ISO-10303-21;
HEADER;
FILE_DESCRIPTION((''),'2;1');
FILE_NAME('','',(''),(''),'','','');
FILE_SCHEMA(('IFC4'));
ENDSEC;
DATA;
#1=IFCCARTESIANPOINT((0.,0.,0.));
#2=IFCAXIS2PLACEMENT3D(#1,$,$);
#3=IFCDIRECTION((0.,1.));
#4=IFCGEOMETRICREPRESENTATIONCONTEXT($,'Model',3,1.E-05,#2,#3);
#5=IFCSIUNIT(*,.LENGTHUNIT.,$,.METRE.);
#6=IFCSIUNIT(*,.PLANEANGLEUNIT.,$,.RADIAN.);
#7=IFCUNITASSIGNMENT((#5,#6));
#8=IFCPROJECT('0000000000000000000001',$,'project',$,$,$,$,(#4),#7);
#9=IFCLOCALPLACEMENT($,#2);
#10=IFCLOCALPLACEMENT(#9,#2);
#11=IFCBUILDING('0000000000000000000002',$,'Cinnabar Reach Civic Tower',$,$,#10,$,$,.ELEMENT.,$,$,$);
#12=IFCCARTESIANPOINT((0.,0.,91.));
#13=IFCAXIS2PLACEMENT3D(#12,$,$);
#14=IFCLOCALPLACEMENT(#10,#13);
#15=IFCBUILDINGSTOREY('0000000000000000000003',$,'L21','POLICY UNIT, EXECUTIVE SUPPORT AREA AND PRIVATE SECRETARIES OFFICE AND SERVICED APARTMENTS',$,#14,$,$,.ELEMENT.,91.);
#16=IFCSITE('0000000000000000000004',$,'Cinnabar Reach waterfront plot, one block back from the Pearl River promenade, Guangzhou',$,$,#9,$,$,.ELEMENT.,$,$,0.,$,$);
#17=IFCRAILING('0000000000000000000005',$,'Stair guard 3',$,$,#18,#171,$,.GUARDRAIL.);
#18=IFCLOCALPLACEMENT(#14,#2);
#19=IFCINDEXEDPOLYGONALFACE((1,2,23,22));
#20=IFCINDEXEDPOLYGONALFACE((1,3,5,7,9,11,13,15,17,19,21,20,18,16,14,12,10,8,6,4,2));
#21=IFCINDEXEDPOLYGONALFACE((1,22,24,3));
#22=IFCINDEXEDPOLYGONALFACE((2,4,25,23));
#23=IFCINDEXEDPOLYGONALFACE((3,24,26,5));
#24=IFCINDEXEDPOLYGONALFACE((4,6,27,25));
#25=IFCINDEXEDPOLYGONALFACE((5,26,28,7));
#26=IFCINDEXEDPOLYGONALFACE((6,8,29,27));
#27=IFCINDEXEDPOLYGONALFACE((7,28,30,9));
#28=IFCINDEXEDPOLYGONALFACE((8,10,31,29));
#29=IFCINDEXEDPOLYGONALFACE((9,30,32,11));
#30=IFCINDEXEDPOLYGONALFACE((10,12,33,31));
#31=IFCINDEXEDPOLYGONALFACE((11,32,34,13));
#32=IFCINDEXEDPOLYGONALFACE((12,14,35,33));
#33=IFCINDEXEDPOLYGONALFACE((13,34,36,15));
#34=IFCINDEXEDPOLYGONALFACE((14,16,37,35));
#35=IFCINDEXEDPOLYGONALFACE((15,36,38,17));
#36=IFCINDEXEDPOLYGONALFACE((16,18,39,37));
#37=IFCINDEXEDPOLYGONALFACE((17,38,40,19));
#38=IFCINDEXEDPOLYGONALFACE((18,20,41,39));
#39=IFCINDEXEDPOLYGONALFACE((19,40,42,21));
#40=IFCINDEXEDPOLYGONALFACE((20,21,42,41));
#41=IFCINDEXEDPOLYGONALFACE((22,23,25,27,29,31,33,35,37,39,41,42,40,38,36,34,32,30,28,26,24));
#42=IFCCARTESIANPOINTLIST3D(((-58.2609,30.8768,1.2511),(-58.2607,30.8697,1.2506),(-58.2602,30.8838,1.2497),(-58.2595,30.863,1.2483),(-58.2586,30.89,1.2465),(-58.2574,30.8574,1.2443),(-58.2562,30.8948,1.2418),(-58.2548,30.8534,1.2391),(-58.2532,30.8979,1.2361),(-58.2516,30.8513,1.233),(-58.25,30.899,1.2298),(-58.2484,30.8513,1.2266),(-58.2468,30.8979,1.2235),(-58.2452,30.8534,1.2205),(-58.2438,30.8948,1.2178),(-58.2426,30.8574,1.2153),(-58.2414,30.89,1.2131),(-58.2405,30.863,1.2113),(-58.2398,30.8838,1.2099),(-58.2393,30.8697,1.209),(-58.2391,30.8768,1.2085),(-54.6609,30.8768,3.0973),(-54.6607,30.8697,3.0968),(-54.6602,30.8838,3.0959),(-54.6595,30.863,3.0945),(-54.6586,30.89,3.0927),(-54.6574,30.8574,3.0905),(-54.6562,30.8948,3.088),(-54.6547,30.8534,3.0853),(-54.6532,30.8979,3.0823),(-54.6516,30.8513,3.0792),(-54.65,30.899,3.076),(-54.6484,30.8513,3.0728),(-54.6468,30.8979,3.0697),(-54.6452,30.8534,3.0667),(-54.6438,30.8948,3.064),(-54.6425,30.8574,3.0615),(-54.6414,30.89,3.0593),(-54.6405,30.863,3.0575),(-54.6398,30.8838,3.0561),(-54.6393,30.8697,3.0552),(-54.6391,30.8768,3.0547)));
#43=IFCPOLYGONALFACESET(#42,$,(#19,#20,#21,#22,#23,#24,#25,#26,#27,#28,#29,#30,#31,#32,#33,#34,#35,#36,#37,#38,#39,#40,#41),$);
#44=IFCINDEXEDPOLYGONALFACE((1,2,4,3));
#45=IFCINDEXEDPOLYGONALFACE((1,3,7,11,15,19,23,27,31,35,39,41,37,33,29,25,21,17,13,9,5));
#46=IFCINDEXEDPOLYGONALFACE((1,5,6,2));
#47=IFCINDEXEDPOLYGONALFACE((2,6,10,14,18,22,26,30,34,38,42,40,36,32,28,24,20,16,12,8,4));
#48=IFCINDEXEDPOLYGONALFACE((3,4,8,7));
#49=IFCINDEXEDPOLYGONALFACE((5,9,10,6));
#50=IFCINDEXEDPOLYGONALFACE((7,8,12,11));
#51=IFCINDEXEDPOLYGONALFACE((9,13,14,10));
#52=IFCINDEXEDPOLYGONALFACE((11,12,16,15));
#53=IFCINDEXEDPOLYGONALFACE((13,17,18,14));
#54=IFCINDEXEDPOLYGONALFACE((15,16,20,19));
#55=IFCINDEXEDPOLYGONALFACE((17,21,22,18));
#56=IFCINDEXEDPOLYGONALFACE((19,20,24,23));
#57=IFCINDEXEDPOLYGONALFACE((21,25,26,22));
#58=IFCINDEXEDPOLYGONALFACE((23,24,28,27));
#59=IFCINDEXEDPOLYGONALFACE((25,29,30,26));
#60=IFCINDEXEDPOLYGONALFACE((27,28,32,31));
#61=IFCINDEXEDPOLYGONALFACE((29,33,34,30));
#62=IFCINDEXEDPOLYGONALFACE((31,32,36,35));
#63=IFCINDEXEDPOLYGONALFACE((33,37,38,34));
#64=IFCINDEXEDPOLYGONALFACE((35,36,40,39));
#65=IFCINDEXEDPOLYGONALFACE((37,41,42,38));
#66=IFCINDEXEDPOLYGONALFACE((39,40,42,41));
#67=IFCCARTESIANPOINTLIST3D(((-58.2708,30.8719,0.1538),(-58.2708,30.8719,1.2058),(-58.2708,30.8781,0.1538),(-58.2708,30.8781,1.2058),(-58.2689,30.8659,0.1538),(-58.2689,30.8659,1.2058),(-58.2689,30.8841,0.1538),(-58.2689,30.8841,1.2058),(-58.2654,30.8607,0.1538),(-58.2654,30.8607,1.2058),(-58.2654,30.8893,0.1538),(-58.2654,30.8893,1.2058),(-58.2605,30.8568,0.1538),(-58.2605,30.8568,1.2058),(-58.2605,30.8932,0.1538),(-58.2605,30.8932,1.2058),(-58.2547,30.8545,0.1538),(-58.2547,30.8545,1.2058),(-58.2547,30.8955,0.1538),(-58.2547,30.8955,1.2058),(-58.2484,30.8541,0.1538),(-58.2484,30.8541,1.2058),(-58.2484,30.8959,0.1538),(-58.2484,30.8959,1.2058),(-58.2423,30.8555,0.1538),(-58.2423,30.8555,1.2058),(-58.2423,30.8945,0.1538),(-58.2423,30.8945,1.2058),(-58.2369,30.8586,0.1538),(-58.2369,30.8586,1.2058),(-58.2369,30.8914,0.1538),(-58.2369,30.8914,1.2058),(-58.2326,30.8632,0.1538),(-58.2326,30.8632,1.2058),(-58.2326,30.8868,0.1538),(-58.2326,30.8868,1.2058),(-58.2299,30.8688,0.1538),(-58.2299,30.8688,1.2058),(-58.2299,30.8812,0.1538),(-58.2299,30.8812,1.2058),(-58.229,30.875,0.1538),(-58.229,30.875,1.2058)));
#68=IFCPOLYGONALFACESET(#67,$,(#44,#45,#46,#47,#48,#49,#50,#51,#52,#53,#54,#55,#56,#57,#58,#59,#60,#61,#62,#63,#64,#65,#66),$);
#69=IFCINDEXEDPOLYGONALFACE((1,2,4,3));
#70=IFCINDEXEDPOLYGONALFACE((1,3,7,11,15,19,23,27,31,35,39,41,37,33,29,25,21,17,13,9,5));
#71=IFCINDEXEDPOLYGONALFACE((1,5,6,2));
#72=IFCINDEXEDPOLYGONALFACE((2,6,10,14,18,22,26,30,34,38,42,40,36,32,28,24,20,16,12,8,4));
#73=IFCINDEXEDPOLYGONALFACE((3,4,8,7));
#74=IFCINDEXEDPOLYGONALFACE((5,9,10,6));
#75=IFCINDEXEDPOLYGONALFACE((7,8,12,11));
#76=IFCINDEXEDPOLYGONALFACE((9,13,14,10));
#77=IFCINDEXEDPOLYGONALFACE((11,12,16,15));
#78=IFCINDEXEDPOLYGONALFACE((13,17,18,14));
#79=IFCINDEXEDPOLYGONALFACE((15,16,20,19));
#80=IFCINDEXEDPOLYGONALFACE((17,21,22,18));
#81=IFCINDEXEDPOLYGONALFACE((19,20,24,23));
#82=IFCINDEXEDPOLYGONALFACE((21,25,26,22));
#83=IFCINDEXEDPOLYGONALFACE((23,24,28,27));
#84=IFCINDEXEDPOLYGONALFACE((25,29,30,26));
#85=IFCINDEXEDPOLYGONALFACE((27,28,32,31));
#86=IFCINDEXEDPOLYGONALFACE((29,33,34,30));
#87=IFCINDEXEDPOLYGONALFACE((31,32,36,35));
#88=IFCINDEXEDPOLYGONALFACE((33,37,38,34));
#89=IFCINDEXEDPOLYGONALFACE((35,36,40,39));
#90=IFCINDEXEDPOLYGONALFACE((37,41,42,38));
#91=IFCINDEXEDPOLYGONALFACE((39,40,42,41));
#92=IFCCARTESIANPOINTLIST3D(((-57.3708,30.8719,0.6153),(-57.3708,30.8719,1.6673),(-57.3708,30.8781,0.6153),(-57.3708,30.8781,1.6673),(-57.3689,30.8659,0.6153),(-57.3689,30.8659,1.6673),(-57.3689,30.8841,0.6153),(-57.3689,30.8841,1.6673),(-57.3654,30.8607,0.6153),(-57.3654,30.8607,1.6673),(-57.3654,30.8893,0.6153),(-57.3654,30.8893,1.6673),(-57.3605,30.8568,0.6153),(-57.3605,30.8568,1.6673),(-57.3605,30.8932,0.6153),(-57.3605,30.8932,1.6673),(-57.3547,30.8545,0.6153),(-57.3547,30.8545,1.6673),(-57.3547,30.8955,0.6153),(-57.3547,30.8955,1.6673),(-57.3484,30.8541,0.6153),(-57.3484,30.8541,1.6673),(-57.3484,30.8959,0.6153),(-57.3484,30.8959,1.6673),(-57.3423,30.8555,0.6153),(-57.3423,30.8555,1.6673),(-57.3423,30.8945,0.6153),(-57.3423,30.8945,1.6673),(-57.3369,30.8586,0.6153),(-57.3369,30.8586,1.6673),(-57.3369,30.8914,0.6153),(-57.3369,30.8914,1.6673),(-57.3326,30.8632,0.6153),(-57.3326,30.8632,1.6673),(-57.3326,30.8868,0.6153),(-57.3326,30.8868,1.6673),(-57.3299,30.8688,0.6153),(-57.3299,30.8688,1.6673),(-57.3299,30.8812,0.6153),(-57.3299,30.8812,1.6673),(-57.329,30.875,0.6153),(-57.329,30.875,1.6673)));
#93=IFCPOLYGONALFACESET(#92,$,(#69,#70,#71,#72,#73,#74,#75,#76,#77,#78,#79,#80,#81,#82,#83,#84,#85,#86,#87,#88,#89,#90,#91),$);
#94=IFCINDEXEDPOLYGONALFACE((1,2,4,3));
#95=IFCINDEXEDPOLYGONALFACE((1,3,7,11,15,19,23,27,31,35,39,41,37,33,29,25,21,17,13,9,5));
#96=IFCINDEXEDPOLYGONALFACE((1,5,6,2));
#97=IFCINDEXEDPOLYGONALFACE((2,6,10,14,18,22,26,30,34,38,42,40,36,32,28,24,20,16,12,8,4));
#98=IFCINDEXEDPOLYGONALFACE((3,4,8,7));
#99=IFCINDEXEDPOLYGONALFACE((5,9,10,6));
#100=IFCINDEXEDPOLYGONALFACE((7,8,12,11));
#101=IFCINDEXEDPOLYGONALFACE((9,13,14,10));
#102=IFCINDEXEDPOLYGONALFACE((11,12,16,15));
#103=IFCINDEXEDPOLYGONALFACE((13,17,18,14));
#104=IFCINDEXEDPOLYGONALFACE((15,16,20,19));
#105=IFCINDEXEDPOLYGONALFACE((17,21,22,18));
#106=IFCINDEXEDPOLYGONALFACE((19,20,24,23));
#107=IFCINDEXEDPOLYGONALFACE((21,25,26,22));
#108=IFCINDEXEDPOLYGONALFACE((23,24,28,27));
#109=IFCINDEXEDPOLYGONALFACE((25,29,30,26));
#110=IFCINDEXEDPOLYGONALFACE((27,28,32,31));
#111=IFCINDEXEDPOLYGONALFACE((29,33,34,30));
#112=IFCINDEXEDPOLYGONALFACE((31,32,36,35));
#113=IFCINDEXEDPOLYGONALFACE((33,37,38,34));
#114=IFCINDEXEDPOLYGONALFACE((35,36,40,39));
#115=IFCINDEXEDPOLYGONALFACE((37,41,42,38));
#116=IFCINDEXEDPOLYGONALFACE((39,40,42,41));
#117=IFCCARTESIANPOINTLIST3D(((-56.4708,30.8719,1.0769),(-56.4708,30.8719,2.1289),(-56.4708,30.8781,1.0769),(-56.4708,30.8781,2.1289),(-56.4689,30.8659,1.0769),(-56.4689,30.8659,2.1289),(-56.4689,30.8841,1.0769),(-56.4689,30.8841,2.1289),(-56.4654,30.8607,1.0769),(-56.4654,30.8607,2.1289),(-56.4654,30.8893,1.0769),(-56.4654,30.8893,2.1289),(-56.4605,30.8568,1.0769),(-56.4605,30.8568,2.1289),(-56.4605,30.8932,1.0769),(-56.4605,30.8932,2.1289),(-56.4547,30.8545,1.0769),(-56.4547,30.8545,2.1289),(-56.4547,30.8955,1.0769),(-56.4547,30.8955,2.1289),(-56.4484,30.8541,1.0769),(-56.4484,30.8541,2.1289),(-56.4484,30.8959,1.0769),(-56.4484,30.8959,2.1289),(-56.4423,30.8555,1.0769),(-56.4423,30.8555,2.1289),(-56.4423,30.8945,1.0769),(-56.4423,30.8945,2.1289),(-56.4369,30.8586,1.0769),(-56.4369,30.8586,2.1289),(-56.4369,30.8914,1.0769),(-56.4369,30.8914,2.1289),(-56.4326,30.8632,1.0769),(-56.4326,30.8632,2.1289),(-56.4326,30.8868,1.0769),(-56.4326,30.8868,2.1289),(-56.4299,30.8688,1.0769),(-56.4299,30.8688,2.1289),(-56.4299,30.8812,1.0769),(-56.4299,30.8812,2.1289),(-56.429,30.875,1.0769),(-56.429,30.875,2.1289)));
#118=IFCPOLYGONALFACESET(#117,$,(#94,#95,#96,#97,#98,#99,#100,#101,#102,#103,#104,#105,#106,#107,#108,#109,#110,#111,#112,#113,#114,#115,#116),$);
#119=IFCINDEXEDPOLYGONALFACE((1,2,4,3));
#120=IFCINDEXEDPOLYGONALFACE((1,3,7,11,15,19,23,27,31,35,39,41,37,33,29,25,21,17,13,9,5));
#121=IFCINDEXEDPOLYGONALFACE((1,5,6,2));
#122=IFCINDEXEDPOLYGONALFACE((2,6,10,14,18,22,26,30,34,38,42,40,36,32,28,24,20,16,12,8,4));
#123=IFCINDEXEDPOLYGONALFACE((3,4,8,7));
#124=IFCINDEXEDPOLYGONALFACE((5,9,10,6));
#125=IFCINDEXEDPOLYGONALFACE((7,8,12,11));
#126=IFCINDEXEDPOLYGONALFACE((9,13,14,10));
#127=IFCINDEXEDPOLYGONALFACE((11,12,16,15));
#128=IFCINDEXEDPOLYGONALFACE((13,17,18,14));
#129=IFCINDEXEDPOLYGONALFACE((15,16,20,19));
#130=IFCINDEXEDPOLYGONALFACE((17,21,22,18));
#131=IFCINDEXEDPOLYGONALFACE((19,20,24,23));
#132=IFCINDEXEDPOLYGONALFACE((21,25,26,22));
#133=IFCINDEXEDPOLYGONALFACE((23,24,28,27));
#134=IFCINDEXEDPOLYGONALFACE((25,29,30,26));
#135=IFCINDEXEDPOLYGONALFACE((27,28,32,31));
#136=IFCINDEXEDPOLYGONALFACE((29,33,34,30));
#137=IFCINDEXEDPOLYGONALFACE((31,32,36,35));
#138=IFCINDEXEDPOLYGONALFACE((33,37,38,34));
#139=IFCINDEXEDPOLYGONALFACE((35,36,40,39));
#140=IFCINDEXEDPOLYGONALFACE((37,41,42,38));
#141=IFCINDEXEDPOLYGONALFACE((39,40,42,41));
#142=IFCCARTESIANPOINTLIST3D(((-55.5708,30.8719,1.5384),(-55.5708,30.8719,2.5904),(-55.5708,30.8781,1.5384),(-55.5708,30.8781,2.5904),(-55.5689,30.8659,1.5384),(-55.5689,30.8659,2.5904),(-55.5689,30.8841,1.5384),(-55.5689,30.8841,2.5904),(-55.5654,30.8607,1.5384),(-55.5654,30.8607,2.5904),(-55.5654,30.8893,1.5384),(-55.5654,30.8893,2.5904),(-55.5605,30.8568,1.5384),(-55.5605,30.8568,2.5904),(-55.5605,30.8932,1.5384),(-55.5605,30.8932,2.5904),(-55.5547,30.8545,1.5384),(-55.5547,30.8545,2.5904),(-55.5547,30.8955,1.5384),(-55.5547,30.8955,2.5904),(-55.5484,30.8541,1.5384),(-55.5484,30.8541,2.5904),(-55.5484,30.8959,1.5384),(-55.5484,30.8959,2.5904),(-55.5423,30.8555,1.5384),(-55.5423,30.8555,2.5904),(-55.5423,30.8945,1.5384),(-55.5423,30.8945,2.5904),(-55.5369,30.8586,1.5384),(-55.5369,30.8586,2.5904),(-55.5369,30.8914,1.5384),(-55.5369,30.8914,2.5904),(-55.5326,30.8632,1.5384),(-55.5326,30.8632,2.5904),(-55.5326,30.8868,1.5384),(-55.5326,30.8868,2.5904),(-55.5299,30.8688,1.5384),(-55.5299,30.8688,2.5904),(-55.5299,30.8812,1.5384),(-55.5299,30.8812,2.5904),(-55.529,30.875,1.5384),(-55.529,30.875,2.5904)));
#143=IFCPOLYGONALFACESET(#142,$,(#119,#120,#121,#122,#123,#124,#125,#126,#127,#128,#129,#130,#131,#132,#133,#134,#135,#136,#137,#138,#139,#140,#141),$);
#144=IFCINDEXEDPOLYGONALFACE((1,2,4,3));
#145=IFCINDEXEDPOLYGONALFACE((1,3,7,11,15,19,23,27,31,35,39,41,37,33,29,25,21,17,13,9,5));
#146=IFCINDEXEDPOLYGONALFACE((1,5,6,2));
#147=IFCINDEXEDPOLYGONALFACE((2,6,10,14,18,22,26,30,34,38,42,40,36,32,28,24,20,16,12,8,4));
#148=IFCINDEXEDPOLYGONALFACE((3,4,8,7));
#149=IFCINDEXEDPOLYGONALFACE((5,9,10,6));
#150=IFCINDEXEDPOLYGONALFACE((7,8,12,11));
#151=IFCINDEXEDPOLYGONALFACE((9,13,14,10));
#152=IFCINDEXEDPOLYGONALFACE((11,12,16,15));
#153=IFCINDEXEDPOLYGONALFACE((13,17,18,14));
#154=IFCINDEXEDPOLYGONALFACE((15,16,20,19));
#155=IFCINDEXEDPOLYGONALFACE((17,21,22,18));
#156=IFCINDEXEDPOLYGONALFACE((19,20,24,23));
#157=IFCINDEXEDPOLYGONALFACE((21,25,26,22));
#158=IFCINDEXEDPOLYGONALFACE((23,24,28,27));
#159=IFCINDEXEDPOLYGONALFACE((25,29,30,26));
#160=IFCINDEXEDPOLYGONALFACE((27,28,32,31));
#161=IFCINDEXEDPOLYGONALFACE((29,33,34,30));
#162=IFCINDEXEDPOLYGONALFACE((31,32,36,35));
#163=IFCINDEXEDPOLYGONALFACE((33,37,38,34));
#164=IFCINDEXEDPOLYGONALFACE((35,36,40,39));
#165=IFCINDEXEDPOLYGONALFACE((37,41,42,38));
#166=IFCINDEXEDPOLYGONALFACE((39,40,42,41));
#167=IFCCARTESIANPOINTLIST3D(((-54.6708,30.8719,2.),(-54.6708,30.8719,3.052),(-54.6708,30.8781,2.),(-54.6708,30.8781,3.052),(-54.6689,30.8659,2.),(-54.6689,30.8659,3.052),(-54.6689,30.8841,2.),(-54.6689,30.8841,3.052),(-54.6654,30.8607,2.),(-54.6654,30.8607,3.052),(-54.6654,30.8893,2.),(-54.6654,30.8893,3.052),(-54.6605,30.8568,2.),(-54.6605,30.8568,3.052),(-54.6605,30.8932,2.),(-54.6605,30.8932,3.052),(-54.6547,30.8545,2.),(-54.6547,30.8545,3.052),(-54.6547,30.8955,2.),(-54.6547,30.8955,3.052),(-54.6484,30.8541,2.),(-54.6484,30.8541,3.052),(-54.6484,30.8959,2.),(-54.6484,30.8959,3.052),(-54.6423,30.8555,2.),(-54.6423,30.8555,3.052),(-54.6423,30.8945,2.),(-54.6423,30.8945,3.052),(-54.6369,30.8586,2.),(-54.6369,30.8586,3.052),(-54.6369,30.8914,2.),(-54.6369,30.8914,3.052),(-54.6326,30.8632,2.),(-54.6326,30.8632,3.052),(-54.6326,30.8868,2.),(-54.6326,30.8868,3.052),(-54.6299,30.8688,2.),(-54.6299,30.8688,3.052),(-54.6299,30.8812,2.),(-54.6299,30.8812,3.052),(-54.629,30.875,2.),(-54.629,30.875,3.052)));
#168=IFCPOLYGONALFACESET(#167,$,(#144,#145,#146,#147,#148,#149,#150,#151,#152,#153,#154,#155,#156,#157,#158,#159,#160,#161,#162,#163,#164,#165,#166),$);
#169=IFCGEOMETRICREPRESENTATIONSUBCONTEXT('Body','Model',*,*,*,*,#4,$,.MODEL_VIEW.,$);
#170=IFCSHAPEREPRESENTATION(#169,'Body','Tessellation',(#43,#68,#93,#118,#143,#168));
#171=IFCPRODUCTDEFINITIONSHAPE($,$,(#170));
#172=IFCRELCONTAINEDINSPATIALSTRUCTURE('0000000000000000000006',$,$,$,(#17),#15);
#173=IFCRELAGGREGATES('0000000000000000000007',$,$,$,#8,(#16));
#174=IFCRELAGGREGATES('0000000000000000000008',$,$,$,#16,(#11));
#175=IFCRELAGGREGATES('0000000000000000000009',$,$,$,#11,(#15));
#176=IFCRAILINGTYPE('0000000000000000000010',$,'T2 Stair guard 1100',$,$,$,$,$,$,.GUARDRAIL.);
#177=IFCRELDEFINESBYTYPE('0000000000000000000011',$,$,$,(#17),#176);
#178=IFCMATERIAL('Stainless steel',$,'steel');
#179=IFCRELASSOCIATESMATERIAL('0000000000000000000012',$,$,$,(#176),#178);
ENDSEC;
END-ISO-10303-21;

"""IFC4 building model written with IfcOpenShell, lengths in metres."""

from ifc_helpers import new_model, si_unit, direction, frame, origin, origin_2d, place, context, subcontext, project, spatial, circle, extrude, material, type_object, element, save


model = new_model("IFC4")

# Units and contexts
model_context = context("Model", 3, precision=1e-05, world=origin(), true_north=direction((0.0, 1.0)))
body_context = subcontext(model_context, "Body", "Model", "MODEL_VIEW")
ifc_project = project(units=[si_unit("LENGTHUNIT", "METRE"), si_unit("PLANEANGLEUNIT", "RADIAN")], contexts=[model_context])

# Site, building, storey
site_placement = place(None, origin())
site = spatial("IfcSite", under=ifc_project, at=site_placement, Name="Cinnabar Reach waterfront plot, one block back from the Pearl River promenade, Guangzhou", CompositionType="ELEMENT", RefElevation=0.0)
building_placement = place(site_placement, origin())
building = spatial("IfcBuilding", under=site, at=building_placement, Name="Cinnabar Reach Civic Tower", CompositionType="ELEMENT")
storey_placement = place(building_placement, frame((0.0, 0.0, 91.0)))
storey = spatial("IfcBuildingStorey", under=building, at=storey_placement, Name="L21", Description="POLICY UNIT, EXECUTIVE SUPPORT AREA AND PRIVATE SECRETARIES OFFICE AND SERVICED APARTMENTS", CompositionType="ELEMENT", Elevation=91.0)

# Railing
ifc_material_1 = material(Name="Stainless steel", Category="steel")
railing_type = type_object("IfcRailingType", Name="T2 Stair guard 1100", PredefinedType="GUARDRAIL", material=ifc_material_1)
railing_1_placement = place(storey_placement, frame((-58.25, 30.875, 0.1538)))
element("IfcRailing", 1, at=railing_1_placement, inside=storey, type_object=railing_type, Name="Stair guard 3", PredefinedType="GUARDRAIL", context=body_context, shape_type="SweptSolid", body=[
    extrude(circle(Radius=0.024, at=origin_2d()), frame((0.0, 0.0, 1.076), z_axis=(0.889813, 0.0, 0.456326), x_axis=(0.0, 1.0, 0.0)), (0.0, 0.0, 1.0), 4.0458),
    extrude(circle(Radius=0.021, at=origin_2d()), origin(), (0.0, 0.0, 1.0), 1.052),
    extrude(circle(Radius=0.021, at=origin_2d()), frame((0.9, 0.0, 0.4615)), (0.0, 0.0, 1.0), 1.052),
    extrude(circle(Radius=0.021, at=origin_2d()), frame((1.8, 0.0, 0.9231)), (0.0, 0.0, 1.0), 1.052),
    extrude(circle(Radius=0.021, at=origin_2d()), frame((2.7, 0.0, 1.3846)), (0.0, 0.0, 1.0), 1.052),
    extrude(circle(Radius=0.021, at=origin_2d()), frame((3.6, 0.0, 1.8462)), (0.0, 0.0, 1.0), 1.052),
])

save(model, "model.ifc")
